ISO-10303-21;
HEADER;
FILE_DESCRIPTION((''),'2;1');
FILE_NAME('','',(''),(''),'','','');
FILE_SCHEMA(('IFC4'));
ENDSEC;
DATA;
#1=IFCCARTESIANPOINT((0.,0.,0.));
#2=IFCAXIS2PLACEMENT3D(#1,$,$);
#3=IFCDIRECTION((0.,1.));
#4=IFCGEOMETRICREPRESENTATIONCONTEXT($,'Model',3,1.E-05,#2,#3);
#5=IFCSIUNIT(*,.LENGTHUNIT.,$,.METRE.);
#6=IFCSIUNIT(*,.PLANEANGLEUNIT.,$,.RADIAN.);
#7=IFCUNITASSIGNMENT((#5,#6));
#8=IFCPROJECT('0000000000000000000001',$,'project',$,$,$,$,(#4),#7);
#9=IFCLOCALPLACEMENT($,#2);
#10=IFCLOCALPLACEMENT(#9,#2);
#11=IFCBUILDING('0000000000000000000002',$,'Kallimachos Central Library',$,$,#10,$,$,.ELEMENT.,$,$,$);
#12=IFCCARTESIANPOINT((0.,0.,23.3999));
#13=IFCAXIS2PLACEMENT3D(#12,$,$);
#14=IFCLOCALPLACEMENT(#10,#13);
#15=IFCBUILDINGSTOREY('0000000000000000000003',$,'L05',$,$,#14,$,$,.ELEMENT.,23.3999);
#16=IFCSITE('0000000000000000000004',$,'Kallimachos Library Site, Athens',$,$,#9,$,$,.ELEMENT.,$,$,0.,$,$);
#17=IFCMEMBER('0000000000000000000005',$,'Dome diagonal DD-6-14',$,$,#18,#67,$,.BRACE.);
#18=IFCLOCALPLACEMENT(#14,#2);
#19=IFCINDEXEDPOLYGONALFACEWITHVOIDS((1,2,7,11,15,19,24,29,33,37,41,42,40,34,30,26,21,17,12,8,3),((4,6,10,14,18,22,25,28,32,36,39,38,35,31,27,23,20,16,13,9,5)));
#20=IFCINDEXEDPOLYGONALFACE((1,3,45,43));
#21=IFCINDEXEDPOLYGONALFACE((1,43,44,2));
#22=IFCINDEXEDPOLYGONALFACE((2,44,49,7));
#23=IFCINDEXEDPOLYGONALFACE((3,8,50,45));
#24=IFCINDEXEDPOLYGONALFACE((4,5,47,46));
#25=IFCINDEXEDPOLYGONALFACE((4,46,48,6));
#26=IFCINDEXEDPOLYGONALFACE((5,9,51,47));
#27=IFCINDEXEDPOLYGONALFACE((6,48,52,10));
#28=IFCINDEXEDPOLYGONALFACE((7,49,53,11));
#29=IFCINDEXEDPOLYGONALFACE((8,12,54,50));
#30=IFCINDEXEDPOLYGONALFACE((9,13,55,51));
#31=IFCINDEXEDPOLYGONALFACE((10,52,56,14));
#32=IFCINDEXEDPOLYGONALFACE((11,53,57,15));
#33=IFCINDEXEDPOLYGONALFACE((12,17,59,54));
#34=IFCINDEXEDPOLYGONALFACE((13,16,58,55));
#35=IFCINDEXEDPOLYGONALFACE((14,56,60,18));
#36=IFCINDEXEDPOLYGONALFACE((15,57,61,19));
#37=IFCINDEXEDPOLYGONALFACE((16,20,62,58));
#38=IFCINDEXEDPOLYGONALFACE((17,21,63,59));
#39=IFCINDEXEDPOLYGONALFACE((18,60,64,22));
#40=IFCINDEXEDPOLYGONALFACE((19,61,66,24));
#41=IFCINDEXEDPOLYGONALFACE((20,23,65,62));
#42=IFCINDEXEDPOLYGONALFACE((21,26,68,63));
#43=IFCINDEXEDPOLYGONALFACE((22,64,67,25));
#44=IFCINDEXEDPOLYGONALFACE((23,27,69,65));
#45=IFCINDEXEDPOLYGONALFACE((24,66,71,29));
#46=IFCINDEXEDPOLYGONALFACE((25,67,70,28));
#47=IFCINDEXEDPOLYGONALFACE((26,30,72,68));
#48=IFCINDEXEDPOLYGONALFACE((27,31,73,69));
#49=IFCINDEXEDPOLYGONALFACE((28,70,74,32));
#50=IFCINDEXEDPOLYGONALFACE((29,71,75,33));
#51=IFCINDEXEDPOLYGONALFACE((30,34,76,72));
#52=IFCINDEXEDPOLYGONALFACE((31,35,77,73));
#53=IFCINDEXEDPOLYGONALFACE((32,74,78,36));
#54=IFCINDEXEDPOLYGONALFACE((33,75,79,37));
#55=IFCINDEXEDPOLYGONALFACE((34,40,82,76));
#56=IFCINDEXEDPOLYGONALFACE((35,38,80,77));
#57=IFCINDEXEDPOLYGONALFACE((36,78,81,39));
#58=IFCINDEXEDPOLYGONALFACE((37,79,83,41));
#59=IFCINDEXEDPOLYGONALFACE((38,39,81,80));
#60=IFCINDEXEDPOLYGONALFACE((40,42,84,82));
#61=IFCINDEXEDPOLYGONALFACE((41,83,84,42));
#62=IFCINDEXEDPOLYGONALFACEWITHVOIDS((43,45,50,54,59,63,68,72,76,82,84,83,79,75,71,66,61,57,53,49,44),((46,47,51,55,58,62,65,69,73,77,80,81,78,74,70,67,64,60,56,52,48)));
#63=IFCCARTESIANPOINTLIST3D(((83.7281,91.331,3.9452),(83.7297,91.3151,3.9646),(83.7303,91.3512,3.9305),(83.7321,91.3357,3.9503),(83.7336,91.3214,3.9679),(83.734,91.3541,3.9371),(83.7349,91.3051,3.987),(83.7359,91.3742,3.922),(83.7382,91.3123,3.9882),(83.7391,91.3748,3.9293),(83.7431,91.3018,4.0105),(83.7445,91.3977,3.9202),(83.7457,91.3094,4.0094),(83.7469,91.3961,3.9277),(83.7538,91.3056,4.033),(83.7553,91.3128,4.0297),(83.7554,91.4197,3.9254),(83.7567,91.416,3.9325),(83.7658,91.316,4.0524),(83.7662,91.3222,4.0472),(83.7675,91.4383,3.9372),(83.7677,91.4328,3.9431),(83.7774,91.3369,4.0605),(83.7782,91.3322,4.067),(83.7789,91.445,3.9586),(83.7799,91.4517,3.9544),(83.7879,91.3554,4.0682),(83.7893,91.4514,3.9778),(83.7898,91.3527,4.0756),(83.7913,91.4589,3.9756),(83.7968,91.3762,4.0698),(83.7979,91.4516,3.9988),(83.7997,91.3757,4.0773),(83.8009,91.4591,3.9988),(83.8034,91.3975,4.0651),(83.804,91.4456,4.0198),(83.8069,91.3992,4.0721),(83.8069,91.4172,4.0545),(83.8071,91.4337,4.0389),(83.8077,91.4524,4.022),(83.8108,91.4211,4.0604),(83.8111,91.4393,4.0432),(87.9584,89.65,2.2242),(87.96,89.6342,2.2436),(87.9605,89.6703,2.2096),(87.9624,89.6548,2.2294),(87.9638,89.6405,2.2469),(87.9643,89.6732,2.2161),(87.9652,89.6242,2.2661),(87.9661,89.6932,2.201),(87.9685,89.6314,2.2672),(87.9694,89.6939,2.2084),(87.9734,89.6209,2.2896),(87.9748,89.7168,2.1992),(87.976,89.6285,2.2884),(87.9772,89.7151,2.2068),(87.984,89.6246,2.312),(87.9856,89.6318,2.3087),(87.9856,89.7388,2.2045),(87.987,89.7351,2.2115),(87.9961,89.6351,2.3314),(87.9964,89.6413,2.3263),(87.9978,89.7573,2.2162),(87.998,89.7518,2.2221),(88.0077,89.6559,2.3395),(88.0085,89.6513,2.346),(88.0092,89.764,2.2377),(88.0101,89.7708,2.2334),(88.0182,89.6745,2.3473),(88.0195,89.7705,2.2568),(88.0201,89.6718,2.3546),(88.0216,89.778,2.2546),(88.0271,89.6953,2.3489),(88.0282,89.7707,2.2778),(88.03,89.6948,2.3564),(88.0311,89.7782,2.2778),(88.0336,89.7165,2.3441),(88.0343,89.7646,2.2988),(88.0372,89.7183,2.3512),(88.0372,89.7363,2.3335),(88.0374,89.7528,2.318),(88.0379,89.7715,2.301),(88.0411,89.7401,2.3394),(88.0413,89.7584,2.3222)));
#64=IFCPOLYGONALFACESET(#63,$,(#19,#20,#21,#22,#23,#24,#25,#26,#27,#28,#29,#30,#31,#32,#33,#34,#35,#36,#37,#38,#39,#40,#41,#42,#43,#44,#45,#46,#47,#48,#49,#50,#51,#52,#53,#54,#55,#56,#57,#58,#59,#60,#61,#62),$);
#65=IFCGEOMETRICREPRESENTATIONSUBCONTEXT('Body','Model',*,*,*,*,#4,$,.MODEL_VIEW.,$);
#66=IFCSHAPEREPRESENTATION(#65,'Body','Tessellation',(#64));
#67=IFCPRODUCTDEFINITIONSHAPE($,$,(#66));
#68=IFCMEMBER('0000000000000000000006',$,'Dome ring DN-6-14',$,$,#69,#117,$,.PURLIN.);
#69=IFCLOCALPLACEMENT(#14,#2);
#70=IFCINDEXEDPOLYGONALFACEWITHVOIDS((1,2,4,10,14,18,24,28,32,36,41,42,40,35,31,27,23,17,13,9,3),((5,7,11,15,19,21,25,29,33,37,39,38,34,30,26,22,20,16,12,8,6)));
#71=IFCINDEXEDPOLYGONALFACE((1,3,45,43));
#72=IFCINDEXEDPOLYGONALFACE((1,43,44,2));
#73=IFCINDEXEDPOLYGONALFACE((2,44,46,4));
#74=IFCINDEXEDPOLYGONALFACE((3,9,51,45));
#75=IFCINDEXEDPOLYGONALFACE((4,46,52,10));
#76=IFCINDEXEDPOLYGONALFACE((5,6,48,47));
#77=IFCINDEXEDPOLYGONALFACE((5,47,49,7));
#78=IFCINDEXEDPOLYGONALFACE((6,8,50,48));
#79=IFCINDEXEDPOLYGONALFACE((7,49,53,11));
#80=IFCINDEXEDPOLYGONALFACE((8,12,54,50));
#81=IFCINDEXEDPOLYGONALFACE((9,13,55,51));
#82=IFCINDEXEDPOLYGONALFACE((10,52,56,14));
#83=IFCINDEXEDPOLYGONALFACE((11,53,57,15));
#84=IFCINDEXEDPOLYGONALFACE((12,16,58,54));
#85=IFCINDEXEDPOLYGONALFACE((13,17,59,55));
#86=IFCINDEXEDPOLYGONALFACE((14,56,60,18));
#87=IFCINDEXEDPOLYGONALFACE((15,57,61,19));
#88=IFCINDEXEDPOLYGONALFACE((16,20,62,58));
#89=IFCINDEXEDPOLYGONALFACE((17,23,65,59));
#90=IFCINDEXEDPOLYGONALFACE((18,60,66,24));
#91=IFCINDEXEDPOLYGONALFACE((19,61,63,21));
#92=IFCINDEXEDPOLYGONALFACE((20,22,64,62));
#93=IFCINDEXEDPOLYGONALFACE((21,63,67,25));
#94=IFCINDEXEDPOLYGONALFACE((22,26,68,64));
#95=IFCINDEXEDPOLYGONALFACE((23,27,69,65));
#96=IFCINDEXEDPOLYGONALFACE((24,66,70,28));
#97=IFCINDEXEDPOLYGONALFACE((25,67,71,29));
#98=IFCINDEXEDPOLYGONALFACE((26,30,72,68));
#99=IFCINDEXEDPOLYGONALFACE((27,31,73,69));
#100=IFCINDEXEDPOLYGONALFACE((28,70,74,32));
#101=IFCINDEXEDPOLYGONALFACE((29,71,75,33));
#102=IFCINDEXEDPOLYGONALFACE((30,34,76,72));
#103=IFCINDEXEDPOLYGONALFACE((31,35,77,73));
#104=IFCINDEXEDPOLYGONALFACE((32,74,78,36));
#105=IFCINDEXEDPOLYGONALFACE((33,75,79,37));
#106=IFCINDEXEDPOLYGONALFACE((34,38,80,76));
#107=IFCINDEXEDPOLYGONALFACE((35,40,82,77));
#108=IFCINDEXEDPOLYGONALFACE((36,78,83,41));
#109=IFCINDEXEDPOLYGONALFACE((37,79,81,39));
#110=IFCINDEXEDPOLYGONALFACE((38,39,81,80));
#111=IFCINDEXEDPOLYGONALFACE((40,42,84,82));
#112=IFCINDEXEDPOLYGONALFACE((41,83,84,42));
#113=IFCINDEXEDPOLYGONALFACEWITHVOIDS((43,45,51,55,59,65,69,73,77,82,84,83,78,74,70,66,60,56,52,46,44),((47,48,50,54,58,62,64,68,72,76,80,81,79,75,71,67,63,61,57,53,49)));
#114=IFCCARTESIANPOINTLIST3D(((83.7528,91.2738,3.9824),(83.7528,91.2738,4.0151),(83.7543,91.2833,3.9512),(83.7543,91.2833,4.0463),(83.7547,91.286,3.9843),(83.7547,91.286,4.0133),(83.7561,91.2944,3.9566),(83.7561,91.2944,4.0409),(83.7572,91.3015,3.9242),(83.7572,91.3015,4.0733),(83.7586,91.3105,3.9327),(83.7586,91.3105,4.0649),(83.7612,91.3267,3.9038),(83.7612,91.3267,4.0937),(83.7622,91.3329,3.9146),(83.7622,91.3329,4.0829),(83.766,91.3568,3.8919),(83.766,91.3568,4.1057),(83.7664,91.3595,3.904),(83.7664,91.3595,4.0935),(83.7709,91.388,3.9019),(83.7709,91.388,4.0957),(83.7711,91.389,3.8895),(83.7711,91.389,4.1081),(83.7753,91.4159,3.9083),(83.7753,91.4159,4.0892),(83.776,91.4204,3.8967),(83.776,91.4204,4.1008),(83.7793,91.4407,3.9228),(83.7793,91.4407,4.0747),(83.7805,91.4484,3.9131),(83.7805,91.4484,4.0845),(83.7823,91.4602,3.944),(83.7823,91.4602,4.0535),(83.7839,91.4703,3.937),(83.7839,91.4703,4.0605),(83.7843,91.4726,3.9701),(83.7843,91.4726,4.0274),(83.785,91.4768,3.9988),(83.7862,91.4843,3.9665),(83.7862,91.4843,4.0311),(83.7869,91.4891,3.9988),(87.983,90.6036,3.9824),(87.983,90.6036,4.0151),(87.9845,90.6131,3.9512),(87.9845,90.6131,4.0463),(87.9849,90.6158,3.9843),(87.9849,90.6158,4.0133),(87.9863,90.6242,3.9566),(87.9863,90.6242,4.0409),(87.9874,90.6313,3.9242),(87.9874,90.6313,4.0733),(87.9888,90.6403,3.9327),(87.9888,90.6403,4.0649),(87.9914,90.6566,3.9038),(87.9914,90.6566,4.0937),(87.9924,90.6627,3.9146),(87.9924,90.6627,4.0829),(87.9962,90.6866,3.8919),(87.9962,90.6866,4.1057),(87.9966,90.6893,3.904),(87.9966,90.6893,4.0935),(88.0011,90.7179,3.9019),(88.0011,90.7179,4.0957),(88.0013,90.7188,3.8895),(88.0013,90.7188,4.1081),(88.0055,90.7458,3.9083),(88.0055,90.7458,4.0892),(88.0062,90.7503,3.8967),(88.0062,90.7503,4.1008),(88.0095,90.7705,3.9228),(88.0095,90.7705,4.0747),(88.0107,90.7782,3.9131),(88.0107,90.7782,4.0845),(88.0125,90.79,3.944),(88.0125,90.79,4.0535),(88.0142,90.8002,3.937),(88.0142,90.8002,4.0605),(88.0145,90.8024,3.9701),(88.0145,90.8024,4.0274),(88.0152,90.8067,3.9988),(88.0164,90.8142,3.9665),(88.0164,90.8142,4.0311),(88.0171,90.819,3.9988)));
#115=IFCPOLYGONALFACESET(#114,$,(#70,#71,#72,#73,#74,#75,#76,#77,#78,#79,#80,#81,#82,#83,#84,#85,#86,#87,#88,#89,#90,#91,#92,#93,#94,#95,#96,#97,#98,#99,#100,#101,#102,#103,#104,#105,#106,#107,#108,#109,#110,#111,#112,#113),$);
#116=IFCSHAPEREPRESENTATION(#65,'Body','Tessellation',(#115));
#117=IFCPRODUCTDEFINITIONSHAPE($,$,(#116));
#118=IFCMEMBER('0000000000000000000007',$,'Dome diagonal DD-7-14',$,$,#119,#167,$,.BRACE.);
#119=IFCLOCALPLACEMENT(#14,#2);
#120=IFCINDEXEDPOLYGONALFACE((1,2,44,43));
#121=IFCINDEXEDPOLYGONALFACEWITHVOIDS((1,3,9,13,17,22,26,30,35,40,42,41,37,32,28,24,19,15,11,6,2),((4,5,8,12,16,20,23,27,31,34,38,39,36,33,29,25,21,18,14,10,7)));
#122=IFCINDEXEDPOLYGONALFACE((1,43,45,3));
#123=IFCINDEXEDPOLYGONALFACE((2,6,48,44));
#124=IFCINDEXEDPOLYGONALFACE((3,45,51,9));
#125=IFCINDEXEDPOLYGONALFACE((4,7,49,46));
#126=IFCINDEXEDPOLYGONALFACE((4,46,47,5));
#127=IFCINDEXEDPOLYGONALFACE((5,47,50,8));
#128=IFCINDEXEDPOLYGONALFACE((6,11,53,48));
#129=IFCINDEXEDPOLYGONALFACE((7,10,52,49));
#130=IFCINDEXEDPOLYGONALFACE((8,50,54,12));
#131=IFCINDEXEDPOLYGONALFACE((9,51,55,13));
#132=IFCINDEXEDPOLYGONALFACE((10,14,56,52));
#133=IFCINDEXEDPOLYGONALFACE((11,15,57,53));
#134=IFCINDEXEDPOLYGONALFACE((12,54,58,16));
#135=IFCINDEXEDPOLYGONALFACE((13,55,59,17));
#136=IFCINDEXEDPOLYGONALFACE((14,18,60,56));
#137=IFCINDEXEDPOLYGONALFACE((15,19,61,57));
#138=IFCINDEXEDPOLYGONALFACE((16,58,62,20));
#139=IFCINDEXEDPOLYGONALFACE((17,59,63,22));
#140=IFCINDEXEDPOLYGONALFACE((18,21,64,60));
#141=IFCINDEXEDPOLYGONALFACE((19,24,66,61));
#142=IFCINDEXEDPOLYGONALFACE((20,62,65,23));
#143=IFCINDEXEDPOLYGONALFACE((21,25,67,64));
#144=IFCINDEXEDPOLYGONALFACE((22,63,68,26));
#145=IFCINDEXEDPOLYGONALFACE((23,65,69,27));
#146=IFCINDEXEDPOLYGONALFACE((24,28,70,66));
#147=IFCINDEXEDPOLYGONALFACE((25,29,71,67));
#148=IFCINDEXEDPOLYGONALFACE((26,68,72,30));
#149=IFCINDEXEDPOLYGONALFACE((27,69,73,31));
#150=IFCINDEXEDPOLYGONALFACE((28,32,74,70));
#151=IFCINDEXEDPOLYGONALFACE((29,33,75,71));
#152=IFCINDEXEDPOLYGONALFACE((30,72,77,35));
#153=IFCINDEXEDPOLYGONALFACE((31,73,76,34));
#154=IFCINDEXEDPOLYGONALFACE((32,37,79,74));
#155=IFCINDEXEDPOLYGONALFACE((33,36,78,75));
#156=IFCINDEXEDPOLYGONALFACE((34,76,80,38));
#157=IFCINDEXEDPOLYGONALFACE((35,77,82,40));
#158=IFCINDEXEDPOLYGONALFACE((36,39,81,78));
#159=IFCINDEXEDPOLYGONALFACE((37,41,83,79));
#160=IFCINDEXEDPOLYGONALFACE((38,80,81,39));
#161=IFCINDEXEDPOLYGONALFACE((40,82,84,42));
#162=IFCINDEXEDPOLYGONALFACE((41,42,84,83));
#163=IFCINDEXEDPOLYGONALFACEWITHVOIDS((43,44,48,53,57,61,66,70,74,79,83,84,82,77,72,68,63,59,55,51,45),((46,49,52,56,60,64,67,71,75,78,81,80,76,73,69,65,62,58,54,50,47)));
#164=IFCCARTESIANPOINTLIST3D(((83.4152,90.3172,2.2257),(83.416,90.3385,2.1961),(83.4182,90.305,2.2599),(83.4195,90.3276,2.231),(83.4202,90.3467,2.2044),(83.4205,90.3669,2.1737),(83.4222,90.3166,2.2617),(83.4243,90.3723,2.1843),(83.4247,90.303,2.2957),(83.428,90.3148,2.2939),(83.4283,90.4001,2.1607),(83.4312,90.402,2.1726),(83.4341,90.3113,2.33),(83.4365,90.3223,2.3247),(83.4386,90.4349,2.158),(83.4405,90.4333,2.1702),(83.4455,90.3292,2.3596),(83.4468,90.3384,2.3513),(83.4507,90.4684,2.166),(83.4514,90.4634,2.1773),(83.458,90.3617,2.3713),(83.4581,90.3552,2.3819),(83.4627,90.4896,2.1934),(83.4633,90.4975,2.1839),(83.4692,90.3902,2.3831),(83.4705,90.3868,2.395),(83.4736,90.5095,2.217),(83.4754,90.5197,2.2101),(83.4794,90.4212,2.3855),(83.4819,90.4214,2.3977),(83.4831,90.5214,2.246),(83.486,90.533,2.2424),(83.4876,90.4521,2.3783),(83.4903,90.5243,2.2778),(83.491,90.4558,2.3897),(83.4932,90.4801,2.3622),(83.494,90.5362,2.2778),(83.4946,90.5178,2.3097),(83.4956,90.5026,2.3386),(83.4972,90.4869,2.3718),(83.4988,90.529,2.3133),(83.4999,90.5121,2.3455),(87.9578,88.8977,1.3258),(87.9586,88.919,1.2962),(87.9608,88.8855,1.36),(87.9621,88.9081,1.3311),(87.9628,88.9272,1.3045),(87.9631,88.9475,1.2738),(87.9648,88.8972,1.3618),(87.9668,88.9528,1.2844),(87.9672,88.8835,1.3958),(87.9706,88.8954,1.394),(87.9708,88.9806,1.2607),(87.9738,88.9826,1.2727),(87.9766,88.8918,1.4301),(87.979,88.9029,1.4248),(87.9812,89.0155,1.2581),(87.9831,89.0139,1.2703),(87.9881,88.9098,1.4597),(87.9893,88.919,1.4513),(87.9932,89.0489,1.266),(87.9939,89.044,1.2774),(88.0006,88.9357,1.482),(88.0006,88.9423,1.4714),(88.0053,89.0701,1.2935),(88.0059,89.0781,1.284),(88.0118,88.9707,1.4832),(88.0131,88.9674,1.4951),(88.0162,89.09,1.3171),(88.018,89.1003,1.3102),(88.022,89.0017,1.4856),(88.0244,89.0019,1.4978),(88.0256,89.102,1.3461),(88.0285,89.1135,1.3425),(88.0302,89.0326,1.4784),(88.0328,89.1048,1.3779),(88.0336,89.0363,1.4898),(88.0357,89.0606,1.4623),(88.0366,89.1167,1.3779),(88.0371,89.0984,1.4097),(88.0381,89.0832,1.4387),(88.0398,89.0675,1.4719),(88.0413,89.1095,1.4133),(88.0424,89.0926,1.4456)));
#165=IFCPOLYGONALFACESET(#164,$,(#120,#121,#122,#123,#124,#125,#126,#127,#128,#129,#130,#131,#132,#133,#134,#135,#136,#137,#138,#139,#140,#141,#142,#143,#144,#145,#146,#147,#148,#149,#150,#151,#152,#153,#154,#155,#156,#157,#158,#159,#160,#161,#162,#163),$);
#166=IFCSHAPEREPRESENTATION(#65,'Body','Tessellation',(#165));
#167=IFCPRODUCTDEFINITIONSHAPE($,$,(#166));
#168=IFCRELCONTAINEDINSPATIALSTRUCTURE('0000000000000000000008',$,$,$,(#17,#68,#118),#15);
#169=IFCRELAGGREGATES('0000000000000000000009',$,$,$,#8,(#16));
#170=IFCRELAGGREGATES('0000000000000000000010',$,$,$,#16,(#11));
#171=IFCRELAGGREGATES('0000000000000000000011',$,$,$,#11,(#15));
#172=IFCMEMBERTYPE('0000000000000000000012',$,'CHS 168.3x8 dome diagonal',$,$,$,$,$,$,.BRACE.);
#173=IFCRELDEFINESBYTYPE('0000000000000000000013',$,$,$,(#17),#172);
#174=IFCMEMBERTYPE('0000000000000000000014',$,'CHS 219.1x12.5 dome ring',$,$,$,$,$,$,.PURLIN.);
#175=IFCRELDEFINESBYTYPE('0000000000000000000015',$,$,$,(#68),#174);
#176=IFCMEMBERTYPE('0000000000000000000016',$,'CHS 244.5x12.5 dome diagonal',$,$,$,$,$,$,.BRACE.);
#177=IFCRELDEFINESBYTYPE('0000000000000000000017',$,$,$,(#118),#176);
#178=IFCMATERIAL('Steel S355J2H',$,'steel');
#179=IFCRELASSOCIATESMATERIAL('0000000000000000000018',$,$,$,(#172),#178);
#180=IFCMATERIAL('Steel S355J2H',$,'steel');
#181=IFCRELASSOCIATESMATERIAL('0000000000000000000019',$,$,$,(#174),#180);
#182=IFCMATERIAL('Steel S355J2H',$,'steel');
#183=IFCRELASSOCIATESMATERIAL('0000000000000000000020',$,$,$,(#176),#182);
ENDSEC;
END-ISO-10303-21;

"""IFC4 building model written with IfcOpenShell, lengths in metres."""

from ifc_helpers import new_model, si_unit, direction, frame, origin, origin_2d, place, context, subcontext, project, spatial, hollow_circle, extrude, material, material_profile, profile_set, type_object, element, save


model = new_model("IFC4")

# Units and contexts
model_context = context("Model", 3, precision=1e-05, world=origin(), true_north=direction((0.0, 1.0)))
body_context = subcontext(model_context, "Body", "Model", "MODEL_VIEW")
ifc_project = project(units=[si_unit("LENGTHUNIT", "METRE"), si_unit("PLANEANGLEUNIT", "RADIAN")], contexts=[model_context])

# Site, building, storey
site_placement = place(None, origin())
site = spatial("IfcSite", under=ifc_project, at=site_placement, Name="Kallimachos Library Site, Athens", CompositionType="ELEMENT", RefElevation=0.0)
building_placement = place(site_placement, origin())
building = spatial("IfcBuilding", under=site, at=building_placement, Name="Kallimachos Central Library", CompositionType="ELEMENT")
storey_placement = place(building_placement, frame((0.0, 0.0, 23.3999)))
storey = spatial("IfcBuildingStorey", under=building, at=storey_placement, Name="L05", CompositionType="ELEMENT", Elevation=23.3999)

# Members
ifc_material_1 = material(Name="Steel S355J2H", Category="steel")
ifc_material_profile_1 = material_profile(ifc_material_1, hollow_circle(Radius=0.0842, WallThickness=0.0081, at=origin_2d()), Name="CHS 168.3x8")
ifc_profile_set_1 = profile_set([ifc_material_profile_1], Name="Steel S355J2H")
member_type_1 = type_object("IfcMemberType", Name="CHS 168.3x8 dome diagonal", PredefinedType="BRACE", material=ifc_profile_set_1)
member_1_placement = place(storey_placement, frame((83.7698, 91.3809, 3.9988), z_axis=(0.869271, -0.345411, -0.353638), x_axis=(0.369272, 0.929321, 0.0)))
element("IfcMember", 1, at=member_1_placement, inside=storey, type_object=member_type_1, Name="Dome diagonal DD-6-14", PredefinedType="BRACE", context=body_context, shape_type="SweptSolid", body=[
    extrude(hollow_circle(Radius=0.0842, WallThickness=0.0081, at=origin_2d()), origin(), (0.0, 0.0, 1.0), 4.8665),
])
ifc_material_2 = material(Name="Steel S355J2H", Category="steel")
ifc_material_profile_2 = material_profile(ifc_material_2, hollow_circle(Radius=0.1096, WallThickness=0.0125, at=origin_2d()), Name="CHS 219.1x12.5")
ifc_profile_set_2 = profile_set([ifc_material_profile_2], Name="Steel S355J2H")
member_type_2 = type_object("IfcMemberType", Name="CHS 219.1x12.5 dome ring", PredefinedType="PURLIN", material=ifc_profile_set_2)
member_2_placement = place(storey_placement, frame((83.7698, 91.3809, 3.9988), z_axis=(0.987682, -0.156472, 0.0), x_axis=(0.156472, 0.987682, 0.0)))
element("IfcMember", 2, at=member_2_placement, inside=storey, type_object=member_type_2, Name="Dome ring DN-6-14", PredefinedType="PURLIN", context=body_context, shape_type="SweptSolid", body=[
    extrude(hollow_circle(Radius=0.1096, WallThickness=0.0125, at=origin_2d()), origin(), (0.0, 0.0, 1.0), 4.283),
])
ifc_material_3 = material(Name="Steel S355J2H", Category="steel")
ifc_material_profile_3 = material_profile(ifc_material_3, hollow_circle(Radius=0.1223, WallThickness=0.0125, at=origin_2d()), Name="CHS 244.5x12.5")
ifc_profile_set_3 = profile_set([ifc_material_profile_3], Name="Steel S355J2H")
member_type_3 = type_object("IfcMemberType", Name="CHS 244.5x12.5 dome diagonal", PredefinedType="BRACE", material=ifc_profile_set_3)
member_3_placement = place(storey_placement, frame((83.4575, 90.4194, 2.2778), z_axis=(0.937866, -0.293064, -0.185799), x_axis=(0.298257, 0.954485, 0.0)))
element("IfcMember", 3, at=member_3_placement, inside=storey, type_object=member_type_3, Name="Dome diagonal DD-7-14", PredefinedType="BRACE", context=body_context, shape_type="SweptSolid", body=[
    extrude(hollow_circle(Radius=0.1223, WallThickness=0.0125, at=origin_2d()), origin(), (0.0, 0.0, 1.0), 4.8435),
])

save(model, "model.ifc")
